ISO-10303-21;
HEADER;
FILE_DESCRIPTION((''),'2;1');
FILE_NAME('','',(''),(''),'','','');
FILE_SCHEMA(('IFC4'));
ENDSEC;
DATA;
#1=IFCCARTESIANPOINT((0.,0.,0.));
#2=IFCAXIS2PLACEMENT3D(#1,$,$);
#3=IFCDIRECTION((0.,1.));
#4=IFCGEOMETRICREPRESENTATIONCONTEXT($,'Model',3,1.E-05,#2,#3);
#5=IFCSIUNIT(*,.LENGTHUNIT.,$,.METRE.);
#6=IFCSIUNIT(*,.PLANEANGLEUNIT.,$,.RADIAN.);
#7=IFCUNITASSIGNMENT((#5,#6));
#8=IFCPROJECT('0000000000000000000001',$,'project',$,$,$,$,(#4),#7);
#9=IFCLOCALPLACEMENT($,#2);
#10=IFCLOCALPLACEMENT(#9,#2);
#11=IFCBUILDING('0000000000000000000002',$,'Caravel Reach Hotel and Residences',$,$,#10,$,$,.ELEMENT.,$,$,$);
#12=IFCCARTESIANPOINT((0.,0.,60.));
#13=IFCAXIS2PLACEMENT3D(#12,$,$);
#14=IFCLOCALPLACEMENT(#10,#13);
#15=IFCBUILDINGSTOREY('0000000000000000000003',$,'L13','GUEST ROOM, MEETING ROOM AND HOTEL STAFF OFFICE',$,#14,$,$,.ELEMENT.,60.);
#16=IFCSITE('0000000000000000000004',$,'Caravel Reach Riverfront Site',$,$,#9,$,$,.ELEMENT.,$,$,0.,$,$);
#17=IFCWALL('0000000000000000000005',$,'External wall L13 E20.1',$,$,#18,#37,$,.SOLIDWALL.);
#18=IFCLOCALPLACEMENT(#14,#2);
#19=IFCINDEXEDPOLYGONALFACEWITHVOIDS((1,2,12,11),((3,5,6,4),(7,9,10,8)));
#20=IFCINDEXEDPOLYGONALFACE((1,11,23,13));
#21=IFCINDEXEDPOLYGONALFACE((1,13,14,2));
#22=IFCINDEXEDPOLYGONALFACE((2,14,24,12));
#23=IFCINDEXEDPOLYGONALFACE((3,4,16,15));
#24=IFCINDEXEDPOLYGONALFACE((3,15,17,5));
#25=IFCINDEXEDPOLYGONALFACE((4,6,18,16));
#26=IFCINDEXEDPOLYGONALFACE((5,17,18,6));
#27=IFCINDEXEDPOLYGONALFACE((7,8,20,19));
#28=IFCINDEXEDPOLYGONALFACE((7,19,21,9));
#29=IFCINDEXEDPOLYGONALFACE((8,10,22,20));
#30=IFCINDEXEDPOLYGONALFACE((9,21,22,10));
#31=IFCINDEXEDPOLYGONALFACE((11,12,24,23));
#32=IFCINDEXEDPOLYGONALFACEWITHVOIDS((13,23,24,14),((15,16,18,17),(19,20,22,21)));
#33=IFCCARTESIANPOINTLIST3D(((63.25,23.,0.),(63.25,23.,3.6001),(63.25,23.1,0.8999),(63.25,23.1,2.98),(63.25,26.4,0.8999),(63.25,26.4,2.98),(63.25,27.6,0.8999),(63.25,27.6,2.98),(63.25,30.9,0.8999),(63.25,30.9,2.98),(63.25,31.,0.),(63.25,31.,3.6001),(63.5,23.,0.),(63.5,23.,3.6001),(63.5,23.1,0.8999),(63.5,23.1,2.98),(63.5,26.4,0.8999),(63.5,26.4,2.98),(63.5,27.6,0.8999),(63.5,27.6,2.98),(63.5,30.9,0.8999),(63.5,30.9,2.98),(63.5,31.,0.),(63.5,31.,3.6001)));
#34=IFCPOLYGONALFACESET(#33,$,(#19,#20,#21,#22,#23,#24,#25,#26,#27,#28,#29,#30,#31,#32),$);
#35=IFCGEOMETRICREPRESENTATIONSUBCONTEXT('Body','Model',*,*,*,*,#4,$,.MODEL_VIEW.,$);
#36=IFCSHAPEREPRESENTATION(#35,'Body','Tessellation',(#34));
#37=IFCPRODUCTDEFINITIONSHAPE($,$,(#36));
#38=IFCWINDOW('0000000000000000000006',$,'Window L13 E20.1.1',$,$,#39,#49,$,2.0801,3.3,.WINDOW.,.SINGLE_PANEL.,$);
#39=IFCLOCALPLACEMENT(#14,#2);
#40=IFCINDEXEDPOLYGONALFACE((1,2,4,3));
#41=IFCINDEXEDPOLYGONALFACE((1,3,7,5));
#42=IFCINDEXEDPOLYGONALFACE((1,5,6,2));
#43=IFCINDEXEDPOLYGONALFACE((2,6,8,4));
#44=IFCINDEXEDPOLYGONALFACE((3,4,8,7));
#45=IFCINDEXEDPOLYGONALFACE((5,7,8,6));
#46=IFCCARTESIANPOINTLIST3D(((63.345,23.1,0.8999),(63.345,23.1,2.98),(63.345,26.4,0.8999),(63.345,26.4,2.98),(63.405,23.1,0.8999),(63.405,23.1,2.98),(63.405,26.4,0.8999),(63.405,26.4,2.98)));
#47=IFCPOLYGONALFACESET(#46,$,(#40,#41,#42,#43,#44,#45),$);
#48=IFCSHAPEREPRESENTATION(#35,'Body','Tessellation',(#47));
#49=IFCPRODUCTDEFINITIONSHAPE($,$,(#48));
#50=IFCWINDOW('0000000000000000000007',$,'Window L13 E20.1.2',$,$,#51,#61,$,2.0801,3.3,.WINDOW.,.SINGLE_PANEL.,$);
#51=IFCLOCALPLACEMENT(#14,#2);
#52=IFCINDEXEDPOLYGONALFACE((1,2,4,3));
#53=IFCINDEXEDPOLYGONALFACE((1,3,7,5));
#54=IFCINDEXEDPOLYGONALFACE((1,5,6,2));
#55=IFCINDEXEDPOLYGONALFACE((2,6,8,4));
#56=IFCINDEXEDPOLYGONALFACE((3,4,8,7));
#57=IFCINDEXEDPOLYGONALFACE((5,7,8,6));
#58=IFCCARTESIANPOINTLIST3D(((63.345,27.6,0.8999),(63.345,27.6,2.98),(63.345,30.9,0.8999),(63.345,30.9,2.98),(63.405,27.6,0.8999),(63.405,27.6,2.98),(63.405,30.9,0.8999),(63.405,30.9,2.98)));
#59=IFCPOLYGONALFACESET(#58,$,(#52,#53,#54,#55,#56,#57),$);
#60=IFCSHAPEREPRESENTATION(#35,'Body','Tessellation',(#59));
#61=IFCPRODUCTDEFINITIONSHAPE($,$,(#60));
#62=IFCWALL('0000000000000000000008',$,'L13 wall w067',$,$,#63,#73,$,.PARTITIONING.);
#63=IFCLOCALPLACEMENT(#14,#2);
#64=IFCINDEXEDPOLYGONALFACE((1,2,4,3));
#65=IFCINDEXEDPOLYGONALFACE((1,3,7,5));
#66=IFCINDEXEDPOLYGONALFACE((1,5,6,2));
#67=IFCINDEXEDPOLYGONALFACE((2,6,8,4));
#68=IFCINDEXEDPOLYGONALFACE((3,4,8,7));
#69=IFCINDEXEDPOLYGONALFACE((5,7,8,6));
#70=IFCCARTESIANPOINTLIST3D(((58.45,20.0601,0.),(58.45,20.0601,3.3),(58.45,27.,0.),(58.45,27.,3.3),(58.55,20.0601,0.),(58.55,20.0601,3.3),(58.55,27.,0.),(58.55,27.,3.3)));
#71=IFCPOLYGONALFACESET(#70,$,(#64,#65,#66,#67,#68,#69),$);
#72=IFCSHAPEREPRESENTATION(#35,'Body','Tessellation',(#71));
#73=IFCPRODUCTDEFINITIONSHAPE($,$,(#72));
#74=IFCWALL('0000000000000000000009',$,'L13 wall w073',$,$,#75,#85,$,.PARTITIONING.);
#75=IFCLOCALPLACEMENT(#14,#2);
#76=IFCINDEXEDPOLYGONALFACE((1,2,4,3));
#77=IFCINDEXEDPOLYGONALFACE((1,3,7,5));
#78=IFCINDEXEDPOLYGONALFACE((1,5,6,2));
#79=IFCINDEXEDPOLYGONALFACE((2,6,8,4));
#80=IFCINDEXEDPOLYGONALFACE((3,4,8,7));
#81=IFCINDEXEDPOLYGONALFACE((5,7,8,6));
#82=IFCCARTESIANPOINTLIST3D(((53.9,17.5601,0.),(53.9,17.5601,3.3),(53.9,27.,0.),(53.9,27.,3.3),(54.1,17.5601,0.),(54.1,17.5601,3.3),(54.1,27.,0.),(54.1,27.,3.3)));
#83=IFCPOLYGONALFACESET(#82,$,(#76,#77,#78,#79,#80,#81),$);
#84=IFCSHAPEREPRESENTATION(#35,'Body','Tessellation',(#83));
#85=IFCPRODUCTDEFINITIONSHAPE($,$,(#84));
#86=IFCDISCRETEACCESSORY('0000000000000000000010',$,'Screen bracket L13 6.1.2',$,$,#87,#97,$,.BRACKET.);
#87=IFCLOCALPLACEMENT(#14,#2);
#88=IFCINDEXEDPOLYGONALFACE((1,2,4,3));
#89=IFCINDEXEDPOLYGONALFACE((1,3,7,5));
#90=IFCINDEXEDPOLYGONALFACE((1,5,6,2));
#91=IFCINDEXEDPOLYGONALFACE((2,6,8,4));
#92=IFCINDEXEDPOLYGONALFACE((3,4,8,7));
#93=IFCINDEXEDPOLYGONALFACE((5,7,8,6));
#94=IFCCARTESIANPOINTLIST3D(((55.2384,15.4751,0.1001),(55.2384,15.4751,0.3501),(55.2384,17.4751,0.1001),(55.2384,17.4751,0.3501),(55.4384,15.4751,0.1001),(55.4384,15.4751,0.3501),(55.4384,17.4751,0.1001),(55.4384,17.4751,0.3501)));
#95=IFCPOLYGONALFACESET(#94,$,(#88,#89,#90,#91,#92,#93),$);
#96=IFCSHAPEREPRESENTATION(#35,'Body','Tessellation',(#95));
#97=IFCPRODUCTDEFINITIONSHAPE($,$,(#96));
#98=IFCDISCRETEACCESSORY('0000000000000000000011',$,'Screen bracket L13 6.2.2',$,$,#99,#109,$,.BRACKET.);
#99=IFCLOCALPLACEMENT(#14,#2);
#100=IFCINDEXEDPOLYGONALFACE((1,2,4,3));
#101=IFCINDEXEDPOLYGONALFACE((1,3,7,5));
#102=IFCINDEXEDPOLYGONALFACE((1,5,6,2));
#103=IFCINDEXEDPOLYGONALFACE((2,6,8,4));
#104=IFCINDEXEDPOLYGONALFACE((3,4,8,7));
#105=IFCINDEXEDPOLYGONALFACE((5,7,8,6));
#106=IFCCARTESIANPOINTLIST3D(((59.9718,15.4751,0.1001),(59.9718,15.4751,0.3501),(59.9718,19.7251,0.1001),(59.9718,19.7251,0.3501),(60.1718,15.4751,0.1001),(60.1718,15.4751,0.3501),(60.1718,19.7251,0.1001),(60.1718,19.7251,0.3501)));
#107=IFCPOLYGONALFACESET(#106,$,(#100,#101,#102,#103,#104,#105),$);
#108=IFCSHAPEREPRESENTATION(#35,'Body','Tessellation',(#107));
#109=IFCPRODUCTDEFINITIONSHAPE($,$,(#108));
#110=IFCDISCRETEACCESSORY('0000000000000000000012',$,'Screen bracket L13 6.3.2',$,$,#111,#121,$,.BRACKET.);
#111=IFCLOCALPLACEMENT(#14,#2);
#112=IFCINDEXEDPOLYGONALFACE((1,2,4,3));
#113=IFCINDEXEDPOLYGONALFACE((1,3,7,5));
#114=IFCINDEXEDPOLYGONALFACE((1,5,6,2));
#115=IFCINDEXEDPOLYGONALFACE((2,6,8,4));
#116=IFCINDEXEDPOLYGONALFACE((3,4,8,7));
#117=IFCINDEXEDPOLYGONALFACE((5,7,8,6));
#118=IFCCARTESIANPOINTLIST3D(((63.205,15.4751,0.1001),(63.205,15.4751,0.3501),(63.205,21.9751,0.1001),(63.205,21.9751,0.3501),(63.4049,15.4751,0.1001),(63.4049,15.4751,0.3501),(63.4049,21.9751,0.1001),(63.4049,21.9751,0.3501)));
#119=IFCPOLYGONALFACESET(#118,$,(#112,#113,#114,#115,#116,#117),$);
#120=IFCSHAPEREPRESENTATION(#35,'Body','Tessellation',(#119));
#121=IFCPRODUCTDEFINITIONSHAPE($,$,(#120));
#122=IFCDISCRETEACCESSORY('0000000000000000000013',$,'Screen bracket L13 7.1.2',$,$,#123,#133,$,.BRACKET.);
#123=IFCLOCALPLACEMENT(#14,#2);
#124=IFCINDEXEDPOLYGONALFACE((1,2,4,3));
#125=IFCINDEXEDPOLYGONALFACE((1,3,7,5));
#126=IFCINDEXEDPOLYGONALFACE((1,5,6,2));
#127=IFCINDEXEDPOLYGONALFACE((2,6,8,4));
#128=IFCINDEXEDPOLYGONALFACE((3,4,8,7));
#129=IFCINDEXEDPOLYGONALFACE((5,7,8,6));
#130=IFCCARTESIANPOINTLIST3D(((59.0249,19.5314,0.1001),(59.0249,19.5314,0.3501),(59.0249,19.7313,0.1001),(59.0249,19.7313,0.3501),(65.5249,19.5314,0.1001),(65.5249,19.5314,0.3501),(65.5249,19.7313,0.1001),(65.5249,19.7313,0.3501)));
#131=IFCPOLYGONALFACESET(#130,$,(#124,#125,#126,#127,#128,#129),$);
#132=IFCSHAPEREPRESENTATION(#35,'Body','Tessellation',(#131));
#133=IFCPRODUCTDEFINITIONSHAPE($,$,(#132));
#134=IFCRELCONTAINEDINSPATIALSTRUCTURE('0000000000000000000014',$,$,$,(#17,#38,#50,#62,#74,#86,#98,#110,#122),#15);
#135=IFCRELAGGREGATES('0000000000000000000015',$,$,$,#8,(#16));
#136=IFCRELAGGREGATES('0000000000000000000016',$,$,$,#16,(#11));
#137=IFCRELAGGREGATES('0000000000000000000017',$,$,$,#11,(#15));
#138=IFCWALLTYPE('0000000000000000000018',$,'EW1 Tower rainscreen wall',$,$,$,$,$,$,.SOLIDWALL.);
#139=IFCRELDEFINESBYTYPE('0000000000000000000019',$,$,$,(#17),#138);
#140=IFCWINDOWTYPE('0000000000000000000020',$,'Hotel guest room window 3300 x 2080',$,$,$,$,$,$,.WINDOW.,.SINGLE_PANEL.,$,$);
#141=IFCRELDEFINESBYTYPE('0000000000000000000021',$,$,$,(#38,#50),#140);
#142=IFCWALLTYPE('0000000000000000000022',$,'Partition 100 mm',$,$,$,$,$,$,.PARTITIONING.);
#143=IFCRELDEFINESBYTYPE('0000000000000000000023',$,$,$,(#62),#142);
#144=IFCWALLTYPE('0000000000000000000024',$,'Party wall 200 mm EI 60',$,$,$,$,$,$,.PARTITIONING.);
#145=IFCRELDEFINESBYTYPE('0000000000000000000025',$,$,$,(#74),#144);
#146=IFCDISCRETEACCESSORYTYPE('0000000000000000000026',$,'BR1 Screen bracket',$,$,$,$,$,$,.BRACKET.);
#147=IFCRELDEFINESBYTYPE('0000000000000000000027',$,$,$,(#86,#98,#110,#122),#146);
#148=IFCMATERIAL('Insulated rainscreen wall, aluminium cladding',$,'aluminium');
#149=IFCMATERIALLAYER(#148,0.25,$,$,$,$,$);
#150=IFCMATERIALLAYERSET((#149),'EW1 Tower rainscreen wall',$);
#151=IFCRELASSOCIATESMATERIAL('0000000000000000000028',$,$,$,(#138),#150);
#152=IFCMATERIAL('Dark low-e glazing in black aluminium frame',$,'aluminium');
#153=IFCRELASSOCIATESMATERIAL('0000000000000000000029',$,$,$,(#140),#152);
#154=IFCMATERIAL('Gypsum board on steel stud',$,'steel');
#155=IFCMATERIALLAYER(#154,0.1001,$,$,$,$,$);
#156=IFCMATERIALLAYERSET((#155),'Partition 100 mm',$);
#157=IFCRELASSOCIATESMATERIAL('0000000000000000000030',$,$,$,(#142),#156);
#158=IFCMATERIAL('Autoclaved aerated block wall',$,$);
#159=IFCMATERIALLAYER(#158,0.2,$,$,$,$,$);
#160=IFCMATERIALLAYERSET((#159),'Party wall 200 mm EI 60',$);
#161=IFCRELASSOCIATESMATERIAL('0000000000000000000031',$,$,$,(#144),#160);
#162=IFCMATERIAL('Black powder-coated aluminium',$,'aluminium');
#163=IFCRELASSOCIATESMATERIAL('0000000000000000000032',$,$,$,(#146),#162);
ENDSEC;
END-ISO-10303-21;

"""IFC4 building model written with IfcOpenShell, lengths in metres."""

from ifc_helpers import new_model, si_unit, direction, frame, frame_2d, origin, origin_2d, place, context, subcontext, project, spatial, rectangle, extrude, material, layer, layer_set, type_object, element, fill, save


model = new_model("IFC4")

# Units and contexts
model_context = context("Model", 3, precision=1e-05, world=origin(), true_north=direction((0.0, 1.0)))
body_context = subcontext(model_context, "Body", "Model", "MODEL_VIEW")
ifc_project = project(units=[si_unit("LENGTHUNIT", "METRE"), si_unit("PLANEANGLEUNIT", "RADIAN")], contexts=[model_context])

# Site, building, storey
site_placement = place(None, origin())
site = spatial("IfcSite", under=ifc_project, at=site_placement, Name="Caravel Reach Riverfront Site", CompositionType="ELEMENT", RefElevation=0.0)
building_placement = place(site_placement, origin())
building = spatial("IfcBuilding", under=site, at=building_placement, Name="Caravel Reach Hotel and Residences", CompositionType="ELEMENT")
storey_placement = place(building_placement, frame((0.0, 0.0, 60.0)))
storey = spatial("IfcBuildingStorey", under=building, at=storey_placement, Name="L13", Description="GUEST ROOM, MEETING ROOM AND HOTEL STAFF OFFICE", CompositionType="ELEMENT", Elevation=60.0)

# Shared definitions
ifc_material_1 = material(Name="Insulated rainscreen wall, aluminium cladding", Category="aluminium")
ifc_layer_1 = layer(ifc_material_1, 0.25)
ifc_layer_set_1 = layer_set([ifc_layer_1], Name="EW1 Tower rainscreen wall")
wall_type_1 = type_object("IfcWallType", Name="EW1 Tower rainscreen wall", PredefinedType="SOLIDWALL", material=ifc_layer_set_1)

# Wall, openings, windows
wall_1_placement = place(storey_placement, frame((63.375, 23.0, 0.0), z_axis=(0.0, 0.0, 1.0), x_axis=(0.0, 1.0, 0.0)))
wall_1 = element("IfcWall", 1, at=wall_1_placement, inside=storey, type_object=wall_type_1, Name="External wall L13 E20.1", PredefinedType="SOLIDWALL", context=body_context, shape_type="SweptSolid", body=[
    extrude(rectangle(XDim=8.0, YDim=0.25, at=frame_2d((4.0, 0.0))), origin(), (0.0, 0.0, 1.0), 3.6001),
])
opening_1_placement = place(wall_1_placement, frame((0.1001, 0.0, 0.8999)))
opening_1 = element("IfcOpeningElement", 2, at=opening_1_placement, cuts=wall_1, PredefinedType="OPENING", context=body_context, shape_type="SweptSolid", body=[
    extrude(rectangle(XDim=3.3, YDim=2.0801, at=frame_2d((1.6499, 1.04))), frame((0.0, 0.135, 0.0), z_axis=(0.0, -1.0, 0.0), x_axis=(1.0, 0.0, 0.0)), (0.0, 0.0, 1.0), 0.27),
])
opening_2_placement = place(wall_1_placement, frame((4.6001, 0.0, 0.8999)))
opening_2 = element("IfcOpeningElement", 3, at=opening_2_placement, cuts=wall_1, PredefinedType="OPENING", context=body_context, shape_type="SweptSolid", body=[
    extrude(rectangle(XDim=3.3, YDim=2.0801, at=frame_2d((1.6499, 1.04))), frame((0.0, 0.135, 0.0), z_axis=(0.0, -1.0, 0.0), x_axis=(1.0, 0.0, 0.0)), (0.0, 0.0, 1.0), 0.27),
])
ifc_material_2 = material(Name="Dark low-e glazing in black aluminium frame", Category="aluminium")
window_type_1 = type_object("IfcWindowType", Name="Hotel guest room window 3300 x 2080", PartitioningType="SINGLE_PANEL", PredefinedType="WINDOW", material=ifc_material_2)
window_1_placement = place(opening_1_placement, origin())
window_1 = element("IfcWindow", 4, at=window_1_placement, inside=storey, type_object=window_type_1, Name="Window L13 E20.1.1", OverallHeight=2.0801, OverallWidth=3.3, PartitioningType="SINGLE_PANEL", PredefinedType="WINDOW", context=body_context, shape_type="SweptSolid", body=[
    extrude(rectangle(XDim=3.3, YDim=2.0801, at=frame_2d((1.6499, 1.04))), frame((0.0, 0.03, 0.0), z_axis=(0.0, -1.0, 0.0), x_axis=(1.0, 0.0, 0.0)), (0.0, 0.0, 1.0), 0.0601),
])
fill(opening_1, window_1)
window_2_placement = place(opening_2_placement, origin())
window_2 = element("IfcWindow", 5, at=window_2_placement, inside=storey, type_object=window_type_1, Name="Window L13 E20.1.2", OverallHeight=2.0801, OverallWidth=3.3, PartitioningType="SINGLE_PANEL", PredefinedType="WINDOW", context=body_context, shape_type="SweptSolid", body=[
    extrude(rectangle(XDim=3.3, YDim=2.0801, at=frame_2d((1.6499, 1.04))), frame((0.0, 0.03, 0.0), z_axis=(0.0, -1.0, 0.0), x_axis=(1.0, 0.0, 0.0)), (0.0, 0.0, 1.0), 0.0601),
])
fill(opening_2, window_2)

# Walls
ifc_material_3 = material(Name="Gypsum board on steel stud", Category="steel")
ifc_layer_2 = layer(ifc_material_3, 0.1001)
ifc_layer_set_2 = layer_set([ifc_layer_2], Name="Partition 100 mm")
wall_type_2 = type_object("IfcWallType", Name="Partition 100 mm", PredefinedType="PARTITIONING", material=ifc_layer_set_2)
wall_2_placement = place(storey_placement, frame((58.5, 20.0601, 0.0), z_axis=(0.0, 0.0, 1.0), x_axis=(0.0, 1.0, 0.0)))
element("IfcWall", 6, at=wall_2_placement, inside=storey, type_object=wall_type_2, Name="L13 wall w067", PredefinedType="PARTITIONING", context=body_context, shape_type="SweptSolid", body=[
    extrude(rectangle(XDim=6.9399, YDim=0.1001, at=frame_2d((3.47, 0.0))), origin(), (0.0, 0.0, 1.0), 3.3),
])
ifc_material_4 = material(Name="Autoclaved aerated block wall")
ifc_layer_3 = layer(ifc_material_4, 0.2)
ifc_layer_set_3 = layer_set([ifc_layer_3], Name="Party wall 200 mm EI 60")
wall_type_3 = type_object("IfcWallType", Name="Party wall 200 mm EI 60", PredefinedType="PARTITIONING", material=ifc_layer_set_3)
wall_3_placement = place(storey_placement, frame((54.0, 17.5601, 0.0), z_axis=(0.0, 0.0, 1.0), x_axis=(0.0, 1.0, 0.0)))
element("IfcWall", 7, at=wall_3_placement, inside=storey, type_object=wall_type_3, Name="L13 wall w073", PredefinedType="PARTITIONING", context=body_context, shape_type="SweptSolid", body=[
    extrude(rectangle(XDim=9.4399, YDim=0.2, at=frame_2d((4.72, 0.0))), origin(), (0.0, 0.0, 1.0), 3.3),
])

# Discrete accessories
ifc_material_5 = material(Name="Black powder-coated aluminium", Category="aluminium")
discrete_accessory_type = type_object("IfcDiscreteAccessoryType", Name="BR1 Screen bracket", PredefinedType="BRACKET", material=ifc_material_5)
discrete_accessory_1_placement = place(storey_placement, frame((55.3384, 16.4751, 0.1001), z_axis=(0.0, 0.0, 1.0), x_axis=(0.0, -1.0, 0.0)))
element("IfcDiscreteAccessory", 8, at=discrete_accessory_1_placement, inside=storey, type_object=discrete_accessory_type, Name="Screen bracket L13 6.1.2", PredefinedType="BRACKET", context=body_context, shape_type="SweptSolid", body=[
    extrude(rectangle(XDim=2.0, YDim=0.2, at=origin_2d()), origin(), (0.0, 0.0, 1.0), 0.25),
])
discrete_accessory_2_placement = place(storey_placement, frame((60.0718, 17.6001, 0.1001), z_axis=(0.0, 0.0, 1.0), x_axis=(0.0, -1.0, 0.0)))
element("IfcDiscreteAccessory", 9, at=discrete_accessory_2_placement, inside=storey, type_object=discrete_accessory_type, Name="Screen bracket L13 6.2.2", PredefinedType="BRACKET", context=body_context, shape_type="SweptSolid", body=[
    extrude(rectangle(XDim=4.25, YDim=0.2, at=origin_2d()), origin(), (0.0, 0.0, 1.0), 0.25),
])
for number, where, z_axis, x_axis, name in (
    (10, (63.3049, 18.7251, 0.1001), (0.0, 0.0, 1.0), (0.0, -1.0, 0.0), "Screen bracket L13 6.3.2"),
    (11, (62.2749, 19.6313, 0.1001), (0.0, 0.0, 1.0), (1.0, 0.0, 0.0), "Screen bracket L13 7.1.2"),
):
    element("IfcDiscreteAccessory", number, at=place(storey_placement, frame(where, z_axis=z_axis, x_axis=x_axis)), inside=storey, type_object=discrete_accessory_type, Name=name, PredefinedType="BRACKET", context=body_context, shape_type="SweptSolid", body=[
        extrude(rectangle(XDim=6.5, YDim=0.2, at=origin_2d()), origin(), (0.0, 0.0, 1.0), 0.25),
    ])

save(model, "model.ifc")
